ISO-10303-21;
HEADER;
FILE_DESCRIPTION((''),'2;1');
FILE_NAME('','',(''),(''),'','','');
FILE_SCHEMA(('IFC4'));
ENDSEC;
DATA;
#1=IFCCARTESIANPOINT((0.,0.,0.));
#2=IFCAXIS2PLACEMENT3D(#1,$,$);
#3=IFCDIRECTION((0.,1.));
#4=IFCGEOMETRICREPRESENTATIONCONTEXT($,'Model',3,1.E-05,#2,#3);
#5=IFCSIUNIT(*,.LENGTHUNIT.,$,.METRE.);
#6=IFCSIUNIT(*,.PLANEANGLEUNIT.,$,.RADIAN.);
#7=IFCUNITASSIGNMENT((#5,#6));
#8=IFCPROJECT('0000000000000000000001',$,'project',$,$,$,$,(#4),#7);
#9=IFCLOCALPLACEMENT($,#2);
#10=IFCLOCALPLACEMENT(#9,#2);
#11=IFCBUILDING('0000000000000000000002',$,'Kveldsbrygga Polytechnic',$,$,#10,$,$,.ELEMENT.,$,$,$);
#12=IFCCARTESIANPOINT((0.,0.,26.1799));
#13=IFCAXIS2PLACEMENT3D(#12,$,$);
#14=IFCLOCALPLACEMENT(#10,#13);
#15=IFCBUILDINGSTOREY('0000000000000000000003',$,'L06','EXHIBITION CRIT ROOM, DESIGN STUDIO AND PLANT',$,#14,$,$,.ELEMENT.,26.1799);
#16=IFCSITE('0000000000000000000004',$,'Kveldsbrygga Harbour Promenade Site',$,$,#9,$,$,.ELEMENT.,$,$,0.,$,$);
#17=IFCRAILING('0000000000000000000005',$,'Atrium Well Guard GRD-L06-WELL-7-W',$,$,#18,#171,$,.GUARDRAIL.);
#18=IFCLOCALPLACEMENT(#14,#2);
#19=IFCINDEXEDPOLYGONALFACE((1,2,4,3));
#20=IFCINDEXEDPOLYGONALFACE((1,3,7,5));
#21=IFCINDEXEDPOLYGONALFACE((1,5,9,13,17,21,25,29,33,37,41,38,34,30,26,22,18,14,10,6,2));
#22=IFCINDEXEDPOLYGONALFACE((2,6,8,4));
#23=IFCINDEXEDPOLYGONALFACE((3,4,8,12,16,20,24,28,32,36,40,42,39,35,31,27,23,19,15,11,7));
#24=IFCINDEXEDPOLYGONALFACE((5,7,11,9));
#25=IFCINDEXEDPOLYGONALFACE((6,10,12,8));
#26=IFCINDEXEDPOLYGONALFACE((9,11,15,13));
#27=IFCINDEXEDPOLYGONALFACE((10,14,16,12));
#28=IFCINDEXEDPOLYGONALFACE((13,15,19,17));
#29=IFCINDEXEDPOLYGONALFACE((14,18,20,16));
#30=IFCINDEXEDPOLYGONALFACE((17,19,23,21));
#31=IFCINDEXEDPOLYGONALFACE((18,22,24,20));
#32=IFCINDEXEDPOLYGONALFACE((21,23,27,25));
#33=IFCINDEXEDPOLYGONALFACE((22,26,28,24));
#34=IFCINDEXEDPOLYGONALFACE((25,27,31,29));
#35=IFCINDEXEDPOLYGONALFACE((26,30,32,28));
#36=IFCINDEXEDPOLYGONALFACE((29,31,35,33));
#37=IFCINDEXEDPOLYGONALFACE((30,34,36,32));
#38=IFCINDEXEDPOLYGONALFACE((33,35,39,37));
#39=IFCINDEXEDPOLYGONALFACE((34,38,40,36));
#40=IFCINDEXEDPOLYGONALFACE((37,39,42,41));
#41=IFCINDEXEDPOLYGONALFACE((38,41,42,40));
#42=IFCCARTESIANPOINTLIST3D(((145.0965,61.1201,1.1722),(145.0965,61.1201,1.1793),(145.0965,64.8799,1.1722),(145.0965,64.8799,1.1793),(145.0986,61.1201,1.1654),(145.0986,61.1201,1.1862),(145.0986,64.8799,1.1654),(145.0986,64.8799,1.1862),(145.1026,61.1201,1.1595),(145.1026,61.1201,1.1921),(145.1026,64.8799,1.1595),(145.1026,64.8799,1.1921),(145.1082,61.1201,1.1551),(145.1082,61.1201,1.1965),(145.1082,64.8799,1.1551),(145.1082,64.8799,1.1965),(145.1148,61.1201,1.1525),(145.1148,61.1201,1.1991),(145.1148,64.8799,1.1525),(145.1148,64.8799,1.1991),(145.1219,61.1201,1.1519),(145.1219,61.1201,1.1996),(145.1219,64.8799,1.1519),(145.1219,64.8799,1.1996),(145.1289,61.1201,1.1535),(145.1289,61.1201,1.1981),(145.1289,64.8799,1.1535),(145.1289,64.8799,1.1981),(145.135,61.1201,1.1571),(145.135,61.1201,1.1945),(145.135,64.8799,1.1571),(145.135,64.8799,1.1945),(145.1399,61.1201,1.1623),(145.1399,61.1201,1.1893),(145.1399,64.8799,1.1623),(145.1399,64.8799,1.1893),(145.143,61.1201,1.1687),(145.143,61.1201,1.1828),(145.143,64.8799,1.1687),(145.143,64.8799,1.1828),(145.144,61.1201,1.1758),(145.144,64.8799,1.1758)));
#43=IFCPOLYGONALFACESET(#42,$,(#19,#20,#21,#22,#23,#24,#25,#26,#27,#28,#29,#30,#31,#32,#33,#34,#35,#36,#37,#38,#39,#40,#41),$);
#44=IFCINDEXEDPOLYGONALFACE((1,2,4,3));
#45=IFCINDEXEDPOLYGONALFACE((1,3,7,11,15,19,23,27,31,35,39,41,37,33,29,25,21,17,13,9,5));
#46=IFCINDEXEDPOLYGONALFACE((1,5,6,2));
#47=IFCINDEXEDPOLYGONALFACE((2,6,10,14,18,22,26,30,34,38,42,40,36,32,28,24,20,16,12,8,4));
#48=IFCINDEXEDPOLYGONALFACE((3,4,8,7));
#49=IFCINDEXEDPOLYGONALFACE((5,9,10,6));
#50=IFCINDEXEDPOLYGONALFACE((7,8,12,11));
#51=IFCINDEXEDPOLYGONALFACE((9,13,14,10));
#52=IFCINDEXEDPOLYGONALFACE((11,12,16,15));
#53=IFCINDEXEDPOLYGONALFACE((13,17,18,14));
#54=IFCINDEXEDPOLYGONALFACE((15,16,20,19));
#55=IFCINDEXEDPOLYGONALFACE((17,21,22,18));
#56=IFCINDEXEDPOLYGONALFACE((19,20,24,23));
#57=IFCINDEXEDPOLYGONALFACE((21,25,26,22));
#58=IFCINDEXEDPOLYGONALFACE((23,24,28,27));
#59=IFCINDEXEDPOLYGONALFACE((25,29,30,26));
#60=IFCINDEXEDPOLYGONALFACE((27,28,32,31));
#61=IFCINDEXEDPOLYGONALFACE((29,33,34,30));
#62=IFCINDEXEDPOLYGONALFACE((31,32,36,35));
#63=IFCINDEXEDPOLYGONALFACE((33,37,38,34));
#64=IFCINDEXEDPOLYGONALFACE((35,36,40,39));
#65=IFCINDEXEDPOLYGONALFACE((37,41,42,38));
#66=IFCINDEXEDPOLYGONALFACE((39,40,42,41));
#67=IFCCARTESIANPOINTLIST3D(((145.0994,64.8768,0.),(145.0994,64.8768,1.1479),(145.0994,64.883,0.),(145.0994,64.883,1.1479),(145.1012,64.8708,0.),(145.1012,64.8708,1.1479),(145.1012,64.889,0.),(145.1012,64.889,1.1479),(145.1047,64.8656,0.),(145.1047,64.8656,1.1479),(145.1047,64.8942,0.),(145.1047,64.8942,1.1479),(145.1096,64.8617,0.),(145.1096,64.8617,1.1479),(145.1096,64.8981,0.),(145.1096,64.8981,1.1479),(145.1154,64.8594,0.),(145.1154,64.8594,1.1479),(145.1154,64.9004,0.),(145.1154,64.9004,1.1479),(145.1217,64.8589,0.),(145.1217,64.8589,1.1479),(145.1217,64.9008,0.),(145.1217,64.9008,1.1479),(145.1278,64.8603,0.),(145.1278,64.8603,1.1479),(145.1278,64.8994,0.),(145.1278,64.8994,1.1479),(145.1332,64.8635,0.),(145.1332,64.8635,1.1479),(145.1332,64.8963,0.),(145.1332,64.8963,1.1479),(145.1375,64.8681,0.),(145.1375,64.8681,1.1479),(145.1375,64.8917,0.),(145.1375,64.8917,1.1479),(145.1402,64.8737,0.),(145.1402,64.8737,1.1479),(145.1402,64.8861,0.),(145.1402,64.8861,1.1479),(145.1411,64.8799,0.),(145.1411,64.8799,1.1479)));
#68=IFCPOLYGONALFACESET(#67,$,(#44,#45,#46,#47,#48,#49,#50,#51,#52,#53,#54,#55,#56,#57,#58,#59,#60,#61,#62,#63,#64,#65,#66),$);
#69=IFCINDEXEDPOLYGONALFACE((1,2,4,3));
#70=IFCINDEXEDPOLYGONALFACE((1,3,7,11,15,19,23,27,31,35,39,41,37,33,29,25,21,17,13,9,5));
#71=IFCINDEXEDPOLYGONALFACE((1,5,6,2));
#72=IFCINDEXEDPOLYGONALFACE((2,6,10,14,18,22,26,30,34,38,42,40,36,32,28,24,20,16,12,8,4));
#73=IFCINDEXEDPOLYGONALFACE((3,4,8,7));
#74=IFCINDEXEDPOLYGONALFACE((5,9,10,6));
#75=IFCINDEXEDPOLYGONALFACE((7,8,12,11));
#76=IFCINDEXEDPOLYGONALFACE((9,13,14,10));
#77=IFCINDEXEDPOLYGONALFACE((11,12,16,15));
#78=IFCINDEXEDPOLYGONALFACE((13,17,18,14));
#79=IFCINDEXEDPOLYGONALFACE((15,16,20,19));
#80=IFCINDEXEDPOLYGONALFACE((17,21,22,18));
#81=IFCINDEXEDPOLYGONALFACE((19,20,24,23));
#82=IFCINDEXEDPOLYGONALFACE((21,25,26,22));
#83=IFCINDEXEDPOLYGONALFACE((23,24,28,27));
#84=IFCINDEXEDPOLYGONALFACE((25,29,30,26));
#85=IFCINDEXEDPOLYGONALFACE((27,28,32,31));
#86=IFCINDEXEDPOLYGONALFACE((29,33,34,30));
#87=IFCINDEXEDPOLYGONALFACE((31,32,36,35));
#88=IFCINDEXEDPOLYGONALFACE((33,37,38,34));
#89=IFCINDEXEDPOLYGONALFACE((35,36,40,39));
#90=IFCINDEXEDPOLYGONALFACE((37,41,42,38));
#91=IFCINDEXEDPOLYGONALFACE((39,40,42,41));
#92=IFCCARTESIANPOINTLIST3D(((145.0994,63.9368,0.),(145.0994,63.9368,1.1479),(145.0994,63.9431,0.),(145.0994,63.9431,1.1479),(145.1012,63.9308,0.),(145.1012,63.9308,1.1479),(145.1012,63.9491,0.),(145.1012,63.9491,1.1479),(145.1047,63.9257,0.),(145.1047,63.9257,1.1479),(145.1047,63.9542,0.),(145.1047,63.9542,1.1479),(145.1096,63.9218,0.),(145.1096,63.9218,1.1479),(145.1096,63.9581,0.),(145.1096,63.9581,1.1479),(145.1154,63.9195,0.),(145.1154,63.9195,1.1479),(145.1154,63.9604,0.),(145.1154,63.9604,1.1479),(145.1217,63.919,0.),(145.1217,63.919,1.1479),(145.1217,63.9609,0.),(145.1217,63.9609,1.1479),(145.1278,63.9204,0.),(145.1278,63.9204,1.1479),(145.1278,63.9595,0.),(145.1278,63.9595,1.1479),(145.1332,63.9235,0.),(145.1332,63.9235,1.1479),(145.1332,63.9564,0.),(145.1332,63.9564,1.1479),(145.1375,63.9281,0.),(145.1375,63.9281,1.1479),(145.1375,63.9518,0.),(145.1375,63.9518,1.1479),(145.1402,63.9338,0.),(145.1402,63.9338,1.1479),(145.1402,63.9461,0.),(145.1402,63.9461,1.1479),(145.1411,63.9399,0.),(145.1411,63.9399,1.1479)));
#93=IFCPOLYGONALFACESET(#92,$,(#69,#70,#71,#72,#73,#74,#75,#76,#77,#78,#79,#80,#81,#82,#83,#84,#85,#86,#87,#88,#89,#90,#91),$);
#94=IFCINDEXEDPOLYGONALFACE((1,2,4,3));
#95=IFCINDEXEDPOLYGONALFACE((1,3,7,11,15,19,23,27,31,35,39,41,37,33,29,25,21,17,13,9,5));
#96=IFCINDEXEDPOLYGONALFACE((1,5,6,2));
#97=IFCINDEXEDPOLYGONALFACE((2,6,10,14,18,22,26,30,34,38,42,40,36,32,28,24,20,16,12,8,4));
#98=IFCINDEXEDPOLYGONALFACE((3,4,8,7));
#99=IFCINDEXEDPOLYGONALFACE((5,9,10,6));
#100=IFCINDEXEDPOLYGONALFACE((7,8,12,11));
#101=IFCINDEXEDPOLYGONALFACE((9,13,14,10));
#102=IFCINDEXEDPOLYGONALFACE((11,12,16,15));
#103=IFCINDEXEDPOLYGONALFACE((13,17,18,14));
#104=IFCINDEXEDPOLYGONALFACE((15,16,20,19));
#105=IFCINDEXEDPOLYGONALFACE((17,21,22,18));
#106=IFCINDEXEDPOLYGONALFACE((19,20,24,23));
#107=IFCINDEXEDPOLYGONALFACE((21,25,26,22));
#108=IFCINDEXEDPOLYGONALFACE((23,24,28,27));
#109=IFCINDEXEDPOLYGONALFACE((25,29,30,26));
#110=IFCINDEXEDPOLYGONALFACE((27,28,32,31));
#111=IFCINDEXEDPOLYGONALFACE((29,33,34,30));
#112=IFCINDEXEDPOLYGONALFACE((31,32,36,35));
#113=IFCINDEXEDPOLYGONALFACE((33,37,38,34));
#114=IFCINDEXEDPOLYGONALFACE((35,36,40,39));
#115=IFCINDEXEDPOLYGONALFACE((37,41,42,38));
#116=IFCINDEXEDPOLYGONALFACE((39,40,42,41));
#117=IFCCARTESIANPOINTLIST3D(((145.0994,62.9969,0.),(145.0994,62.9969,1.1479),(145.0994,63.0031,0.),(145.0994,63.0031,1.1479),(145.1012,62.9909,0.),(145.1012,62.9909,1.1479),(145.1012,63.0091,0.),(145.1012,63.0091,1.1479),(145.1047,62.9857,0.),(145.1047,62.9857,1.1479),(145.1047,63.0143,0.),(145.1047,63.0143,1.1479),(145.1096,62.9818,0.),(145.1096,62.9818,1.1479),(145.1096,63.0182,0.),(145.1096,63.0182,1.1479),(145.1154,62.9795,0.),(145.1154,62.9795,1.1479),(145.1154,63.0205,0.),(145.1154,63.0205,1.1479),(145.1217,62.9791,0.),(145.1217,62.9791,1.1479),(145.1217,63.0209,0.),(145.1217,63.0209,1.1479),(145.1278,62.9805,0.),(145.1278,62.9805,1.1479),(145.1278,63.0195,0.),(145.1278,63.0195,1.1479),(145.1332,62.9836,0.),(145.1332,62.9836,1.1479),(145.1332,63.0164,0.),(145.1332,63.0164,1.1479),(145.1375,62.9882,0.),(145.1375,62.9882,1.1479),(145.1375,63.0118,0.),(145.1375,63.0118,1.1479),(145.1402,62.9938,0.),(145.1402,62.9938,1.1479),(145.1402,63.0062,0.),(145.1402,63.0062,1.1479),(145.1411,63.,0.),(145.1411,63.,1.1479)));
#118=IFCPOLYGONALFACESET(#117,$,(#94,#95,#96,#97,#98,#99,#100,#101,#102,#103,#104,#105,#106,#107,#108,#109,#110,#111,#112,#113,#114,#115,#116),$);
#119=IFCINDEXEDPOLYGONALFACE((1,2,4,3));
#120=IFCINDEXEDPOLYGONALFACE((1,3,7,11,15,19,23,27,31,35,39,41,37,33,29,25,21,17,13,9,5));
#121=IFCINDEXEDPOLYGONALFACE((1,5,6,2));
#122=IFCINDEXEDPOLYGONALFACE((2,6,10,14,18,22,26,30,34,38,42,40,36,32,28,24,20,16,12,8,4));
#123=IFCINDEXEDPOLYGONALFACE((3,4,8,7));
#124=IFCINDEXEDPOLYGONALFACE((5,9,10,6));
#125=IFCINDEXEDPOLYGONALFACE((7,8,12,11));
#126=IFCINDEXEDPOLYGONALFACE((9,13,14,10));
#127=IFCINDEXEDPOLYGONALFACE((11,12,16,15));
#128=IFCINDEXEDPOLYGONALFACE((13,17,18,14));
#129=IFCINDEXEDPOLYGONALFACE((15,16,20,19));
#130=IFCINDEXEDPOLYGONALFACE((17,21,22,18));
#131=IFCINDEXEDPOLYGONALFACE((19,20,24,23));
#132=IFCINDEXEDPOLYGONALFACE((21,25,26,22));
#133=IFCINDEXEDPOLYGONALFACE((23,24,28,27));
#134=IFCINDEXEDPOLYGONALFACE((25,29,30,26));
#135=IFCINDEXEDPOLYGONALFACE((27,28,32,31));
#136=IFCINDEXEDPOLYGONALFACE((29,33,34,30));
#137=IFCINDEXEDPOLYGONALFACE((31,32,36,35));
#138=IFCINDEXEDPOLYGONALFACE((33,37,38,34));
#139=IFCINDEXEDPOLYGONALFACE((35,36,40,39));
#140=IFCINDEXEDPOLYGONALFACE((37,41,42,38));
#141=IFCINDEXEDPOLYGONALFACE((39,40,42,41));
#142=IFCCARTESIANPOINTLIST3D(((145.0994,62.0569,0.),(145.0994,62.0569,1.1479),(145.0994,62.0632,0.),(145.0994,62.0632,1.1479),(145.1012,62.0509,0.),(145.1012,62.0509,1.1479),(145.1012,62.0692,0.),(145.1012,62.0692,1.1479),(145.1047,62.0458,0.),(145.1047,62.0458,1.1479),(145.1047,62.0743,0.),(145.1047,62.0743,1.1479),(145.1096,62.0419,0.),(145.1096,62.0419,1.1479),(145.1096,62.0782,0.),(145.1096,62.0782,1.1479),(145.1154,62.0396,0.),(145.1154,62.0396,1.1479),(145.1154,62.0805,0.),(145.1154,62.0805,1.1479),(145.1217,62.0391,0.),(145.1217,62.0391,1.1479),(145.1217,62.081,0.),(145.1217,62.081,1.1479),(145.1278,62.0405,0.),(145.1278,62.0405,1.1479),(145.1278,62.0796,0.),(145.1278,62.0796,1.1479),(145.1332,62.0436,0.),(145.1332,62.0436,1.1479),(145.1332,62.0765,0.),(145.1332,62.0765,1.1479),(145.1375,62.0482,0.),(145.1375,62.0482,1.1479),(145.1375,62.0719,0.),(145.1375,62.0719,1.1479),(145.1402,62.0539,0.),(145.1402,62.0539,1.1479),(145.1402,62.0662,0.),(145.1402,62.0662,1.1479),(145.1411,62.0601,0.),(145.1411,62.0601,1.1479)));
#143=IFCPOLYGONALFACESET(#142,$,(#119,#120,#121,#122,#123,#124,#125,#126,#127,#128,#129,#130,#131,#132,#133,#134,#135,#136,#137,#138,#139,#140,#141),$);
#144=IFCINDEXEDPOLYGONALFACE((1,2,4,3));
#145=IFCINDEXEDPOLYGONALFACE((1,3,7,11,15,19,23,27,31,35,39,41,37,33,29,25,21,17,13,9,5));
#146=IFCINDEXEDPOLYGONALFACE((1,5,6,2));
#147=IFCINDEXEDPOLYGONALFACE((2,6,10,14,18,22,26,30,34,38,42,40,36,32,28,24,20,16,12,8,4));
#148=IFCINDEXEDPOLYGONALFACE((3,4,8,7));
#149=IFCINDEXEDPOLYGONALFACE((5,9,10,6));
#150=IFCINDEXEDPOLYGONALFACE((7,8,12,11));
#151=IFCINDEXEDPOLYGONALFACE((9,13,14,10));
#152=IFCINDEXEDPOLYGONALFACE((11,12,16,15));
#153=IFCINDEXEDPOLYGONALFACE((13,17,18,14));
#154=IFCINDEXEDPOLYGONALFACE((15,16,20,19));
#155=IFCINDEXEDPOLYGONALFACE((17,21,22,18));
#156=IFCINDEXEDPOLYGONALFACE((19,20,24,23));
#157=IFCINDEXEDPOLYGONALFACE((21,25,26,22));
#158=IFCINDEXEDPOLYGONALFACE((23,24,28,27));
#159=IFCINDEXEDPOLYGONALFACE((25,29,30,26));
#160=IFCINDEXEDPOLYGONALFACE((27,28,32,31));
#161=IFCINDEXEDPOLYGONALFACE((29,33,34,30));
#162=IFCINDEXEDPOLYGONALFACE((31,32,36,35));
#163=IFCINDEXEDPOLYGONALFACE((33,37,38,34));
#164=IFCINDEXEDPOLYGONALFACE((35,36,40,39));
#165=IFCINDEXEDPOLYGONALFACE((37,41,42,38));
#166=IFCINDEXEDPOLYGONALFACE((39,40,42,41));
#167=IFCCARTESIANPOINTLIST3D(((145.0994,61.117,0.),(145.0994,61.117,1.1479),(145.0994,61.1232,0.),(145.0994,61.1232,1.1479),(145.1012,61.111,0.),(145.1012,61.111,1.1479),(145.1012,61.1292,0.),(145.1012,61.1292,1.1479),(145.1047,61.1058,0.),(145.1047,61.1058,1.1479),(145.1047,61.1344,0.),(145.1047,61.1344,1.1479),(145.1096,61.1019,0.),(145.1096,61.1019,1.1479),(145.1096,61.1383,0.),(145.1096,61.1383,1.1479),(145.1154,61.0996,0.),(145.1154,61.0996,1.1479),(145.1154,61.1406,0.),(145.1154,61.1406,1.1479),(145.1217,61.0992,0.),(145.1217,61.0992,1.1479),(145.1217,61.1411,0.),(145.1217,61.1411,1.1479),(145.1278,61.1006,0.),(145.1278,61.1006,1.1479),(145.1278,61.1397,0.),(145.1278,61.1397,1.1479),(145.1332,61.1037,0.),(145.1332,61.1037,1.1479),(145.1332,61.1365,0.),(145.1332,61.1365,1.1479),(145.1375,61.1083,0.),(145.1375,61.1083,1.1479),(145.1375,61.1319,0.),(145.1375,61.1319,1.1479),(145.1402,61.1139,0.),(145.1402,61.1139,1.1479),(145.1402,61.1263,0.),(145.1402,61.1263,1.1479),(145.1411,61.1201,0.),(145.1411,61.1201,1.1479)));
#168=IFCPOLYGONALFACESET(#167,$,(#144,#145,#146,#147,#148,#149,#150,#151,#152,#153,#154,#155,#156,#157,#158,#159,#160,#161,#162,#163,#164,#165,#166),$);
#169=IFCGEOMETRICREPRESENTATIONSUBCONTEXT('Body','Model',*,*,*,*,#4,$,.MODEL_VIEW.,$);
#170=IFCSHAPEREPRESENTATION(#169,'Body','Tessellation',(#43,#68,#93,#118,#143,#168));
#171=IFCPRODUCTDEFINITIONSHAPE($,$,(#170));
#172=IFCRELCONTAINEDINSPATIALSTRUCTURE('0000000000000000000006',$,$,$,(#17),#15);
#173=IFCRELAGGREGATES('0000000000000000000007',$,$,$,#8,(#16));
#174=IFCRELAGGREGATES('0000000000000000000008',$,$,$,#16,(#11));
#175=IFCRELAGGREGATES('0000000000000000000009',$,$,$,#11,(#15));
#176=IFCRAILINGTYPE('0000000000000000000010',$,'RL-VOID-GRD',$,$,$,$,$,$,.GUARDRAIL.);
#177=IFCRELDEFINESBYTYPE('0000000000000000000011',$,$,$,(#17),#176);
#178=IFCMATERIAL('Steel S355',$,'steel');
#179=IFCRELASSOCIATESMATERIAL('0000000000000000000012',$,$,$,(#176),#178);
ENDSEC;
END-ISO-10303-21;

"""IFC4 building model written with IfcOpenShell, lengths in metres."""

from ifc_helpers import new_model, si_unit, direction, frame, origin, origin_2d, place, context, subcontext, project, spatial, circle, extrude, material, type_object, element, save


model = new_model("IFC4")

# Units and contexts
model_context = context("Model", 3, precision=1e-05, world=origin(), true_north=direction((0.0, 1.0)))
body_context = subcontext(model_context, "Body", "Model", "MODEL_VIEW")
ifc_project = project(units=[si_unit("LENGTHUNIT", "METRE"), si_unit("PLANEANGLEUNIT", "RADIAN")], contexts=[model_context])

# Site, building, storey
site_placement = place(None, origin())
site = spatial("IfcSite", under=ifc_project, at=site_placement, Name="Kveldsbrygga Harbour Promenade Site", CompositionType="ELEMENT", RefElevation=0.0)
building_placement = place(site_placement, origin())
building = spatial("IfcBuilding", under=site, at=building_placement, Name="Kveldsbrygga Polytechnic", CompositionType="ELEMENT")
storey_placement = place(building_placement, frame((0.0, 0.0, 26.1799)))
storey = spatial("IfcBuildingStorey", under=building, at=storey_placement, Name="L06", Description="EXHIBITION CRIT ROOM, DESIGN STUDIO AND PLANT", CompositionType="ELEMENT", Elevation=26.1799)

# Shared definitions
ifc_material_1 = material(Name="Steel S355", Category="steel")

# Railing
railing_type = type_object("IfcRailingType", Name="RL-VOID-GRD", PredefinedType="GUARDRAIL", material=ifc_material_1)
railing_1_placement = place(storey_placement, frame((145.1201, 64.8799, 0.0)))
element("IfcRailing", 1, at=railing_1_placement, inside=storey, type_object=railing_type, Name="Atrium Well Guard GRD-L06-WELL-7-W", PredefinedType="GUARDRAIL", context=body_context, shape_type="SweptSolid", body=[
    extrude(circle(Radius=0.0239, at=origin_2d()), frame((0.0, 0.0, 1.1758), z_axis=(0.0, -1.0, 0.0), x_axis=(1.0, 0.0, 0.0)), (0.0, 0.0, 1.0), 3.7598),
    extrude(circle(Radius=0.021, at=origin_2d()), origin(), (0.0, 0.0, 1.0), 1.1479),
    extrude(circle(Radius=0.021, at=origin_2d()), frame((0.0, -0.9399, 0.0)), (0.0, 0.0, 1.0), 1.1479),
    extrude(circle(Radius=0.021, at=origin_2d()), frame((0.0, -1.8799, 0.0)), (0.0, 0.0, 1.0), 1.1479),
    extrude(circle(Radius=0.021, at=origin_2d()), frame((0.0, -2.8198, 0.0)), (0.0, 0.0, 1.0), 1.1479),
    extrude(circle(Radius=0.021, at=origin_2d()), frame((0.0, -3.7598, 0.0)), (0.0, 0.0, 1.0), 1.1479),
])

save(model, "model.ifc")
